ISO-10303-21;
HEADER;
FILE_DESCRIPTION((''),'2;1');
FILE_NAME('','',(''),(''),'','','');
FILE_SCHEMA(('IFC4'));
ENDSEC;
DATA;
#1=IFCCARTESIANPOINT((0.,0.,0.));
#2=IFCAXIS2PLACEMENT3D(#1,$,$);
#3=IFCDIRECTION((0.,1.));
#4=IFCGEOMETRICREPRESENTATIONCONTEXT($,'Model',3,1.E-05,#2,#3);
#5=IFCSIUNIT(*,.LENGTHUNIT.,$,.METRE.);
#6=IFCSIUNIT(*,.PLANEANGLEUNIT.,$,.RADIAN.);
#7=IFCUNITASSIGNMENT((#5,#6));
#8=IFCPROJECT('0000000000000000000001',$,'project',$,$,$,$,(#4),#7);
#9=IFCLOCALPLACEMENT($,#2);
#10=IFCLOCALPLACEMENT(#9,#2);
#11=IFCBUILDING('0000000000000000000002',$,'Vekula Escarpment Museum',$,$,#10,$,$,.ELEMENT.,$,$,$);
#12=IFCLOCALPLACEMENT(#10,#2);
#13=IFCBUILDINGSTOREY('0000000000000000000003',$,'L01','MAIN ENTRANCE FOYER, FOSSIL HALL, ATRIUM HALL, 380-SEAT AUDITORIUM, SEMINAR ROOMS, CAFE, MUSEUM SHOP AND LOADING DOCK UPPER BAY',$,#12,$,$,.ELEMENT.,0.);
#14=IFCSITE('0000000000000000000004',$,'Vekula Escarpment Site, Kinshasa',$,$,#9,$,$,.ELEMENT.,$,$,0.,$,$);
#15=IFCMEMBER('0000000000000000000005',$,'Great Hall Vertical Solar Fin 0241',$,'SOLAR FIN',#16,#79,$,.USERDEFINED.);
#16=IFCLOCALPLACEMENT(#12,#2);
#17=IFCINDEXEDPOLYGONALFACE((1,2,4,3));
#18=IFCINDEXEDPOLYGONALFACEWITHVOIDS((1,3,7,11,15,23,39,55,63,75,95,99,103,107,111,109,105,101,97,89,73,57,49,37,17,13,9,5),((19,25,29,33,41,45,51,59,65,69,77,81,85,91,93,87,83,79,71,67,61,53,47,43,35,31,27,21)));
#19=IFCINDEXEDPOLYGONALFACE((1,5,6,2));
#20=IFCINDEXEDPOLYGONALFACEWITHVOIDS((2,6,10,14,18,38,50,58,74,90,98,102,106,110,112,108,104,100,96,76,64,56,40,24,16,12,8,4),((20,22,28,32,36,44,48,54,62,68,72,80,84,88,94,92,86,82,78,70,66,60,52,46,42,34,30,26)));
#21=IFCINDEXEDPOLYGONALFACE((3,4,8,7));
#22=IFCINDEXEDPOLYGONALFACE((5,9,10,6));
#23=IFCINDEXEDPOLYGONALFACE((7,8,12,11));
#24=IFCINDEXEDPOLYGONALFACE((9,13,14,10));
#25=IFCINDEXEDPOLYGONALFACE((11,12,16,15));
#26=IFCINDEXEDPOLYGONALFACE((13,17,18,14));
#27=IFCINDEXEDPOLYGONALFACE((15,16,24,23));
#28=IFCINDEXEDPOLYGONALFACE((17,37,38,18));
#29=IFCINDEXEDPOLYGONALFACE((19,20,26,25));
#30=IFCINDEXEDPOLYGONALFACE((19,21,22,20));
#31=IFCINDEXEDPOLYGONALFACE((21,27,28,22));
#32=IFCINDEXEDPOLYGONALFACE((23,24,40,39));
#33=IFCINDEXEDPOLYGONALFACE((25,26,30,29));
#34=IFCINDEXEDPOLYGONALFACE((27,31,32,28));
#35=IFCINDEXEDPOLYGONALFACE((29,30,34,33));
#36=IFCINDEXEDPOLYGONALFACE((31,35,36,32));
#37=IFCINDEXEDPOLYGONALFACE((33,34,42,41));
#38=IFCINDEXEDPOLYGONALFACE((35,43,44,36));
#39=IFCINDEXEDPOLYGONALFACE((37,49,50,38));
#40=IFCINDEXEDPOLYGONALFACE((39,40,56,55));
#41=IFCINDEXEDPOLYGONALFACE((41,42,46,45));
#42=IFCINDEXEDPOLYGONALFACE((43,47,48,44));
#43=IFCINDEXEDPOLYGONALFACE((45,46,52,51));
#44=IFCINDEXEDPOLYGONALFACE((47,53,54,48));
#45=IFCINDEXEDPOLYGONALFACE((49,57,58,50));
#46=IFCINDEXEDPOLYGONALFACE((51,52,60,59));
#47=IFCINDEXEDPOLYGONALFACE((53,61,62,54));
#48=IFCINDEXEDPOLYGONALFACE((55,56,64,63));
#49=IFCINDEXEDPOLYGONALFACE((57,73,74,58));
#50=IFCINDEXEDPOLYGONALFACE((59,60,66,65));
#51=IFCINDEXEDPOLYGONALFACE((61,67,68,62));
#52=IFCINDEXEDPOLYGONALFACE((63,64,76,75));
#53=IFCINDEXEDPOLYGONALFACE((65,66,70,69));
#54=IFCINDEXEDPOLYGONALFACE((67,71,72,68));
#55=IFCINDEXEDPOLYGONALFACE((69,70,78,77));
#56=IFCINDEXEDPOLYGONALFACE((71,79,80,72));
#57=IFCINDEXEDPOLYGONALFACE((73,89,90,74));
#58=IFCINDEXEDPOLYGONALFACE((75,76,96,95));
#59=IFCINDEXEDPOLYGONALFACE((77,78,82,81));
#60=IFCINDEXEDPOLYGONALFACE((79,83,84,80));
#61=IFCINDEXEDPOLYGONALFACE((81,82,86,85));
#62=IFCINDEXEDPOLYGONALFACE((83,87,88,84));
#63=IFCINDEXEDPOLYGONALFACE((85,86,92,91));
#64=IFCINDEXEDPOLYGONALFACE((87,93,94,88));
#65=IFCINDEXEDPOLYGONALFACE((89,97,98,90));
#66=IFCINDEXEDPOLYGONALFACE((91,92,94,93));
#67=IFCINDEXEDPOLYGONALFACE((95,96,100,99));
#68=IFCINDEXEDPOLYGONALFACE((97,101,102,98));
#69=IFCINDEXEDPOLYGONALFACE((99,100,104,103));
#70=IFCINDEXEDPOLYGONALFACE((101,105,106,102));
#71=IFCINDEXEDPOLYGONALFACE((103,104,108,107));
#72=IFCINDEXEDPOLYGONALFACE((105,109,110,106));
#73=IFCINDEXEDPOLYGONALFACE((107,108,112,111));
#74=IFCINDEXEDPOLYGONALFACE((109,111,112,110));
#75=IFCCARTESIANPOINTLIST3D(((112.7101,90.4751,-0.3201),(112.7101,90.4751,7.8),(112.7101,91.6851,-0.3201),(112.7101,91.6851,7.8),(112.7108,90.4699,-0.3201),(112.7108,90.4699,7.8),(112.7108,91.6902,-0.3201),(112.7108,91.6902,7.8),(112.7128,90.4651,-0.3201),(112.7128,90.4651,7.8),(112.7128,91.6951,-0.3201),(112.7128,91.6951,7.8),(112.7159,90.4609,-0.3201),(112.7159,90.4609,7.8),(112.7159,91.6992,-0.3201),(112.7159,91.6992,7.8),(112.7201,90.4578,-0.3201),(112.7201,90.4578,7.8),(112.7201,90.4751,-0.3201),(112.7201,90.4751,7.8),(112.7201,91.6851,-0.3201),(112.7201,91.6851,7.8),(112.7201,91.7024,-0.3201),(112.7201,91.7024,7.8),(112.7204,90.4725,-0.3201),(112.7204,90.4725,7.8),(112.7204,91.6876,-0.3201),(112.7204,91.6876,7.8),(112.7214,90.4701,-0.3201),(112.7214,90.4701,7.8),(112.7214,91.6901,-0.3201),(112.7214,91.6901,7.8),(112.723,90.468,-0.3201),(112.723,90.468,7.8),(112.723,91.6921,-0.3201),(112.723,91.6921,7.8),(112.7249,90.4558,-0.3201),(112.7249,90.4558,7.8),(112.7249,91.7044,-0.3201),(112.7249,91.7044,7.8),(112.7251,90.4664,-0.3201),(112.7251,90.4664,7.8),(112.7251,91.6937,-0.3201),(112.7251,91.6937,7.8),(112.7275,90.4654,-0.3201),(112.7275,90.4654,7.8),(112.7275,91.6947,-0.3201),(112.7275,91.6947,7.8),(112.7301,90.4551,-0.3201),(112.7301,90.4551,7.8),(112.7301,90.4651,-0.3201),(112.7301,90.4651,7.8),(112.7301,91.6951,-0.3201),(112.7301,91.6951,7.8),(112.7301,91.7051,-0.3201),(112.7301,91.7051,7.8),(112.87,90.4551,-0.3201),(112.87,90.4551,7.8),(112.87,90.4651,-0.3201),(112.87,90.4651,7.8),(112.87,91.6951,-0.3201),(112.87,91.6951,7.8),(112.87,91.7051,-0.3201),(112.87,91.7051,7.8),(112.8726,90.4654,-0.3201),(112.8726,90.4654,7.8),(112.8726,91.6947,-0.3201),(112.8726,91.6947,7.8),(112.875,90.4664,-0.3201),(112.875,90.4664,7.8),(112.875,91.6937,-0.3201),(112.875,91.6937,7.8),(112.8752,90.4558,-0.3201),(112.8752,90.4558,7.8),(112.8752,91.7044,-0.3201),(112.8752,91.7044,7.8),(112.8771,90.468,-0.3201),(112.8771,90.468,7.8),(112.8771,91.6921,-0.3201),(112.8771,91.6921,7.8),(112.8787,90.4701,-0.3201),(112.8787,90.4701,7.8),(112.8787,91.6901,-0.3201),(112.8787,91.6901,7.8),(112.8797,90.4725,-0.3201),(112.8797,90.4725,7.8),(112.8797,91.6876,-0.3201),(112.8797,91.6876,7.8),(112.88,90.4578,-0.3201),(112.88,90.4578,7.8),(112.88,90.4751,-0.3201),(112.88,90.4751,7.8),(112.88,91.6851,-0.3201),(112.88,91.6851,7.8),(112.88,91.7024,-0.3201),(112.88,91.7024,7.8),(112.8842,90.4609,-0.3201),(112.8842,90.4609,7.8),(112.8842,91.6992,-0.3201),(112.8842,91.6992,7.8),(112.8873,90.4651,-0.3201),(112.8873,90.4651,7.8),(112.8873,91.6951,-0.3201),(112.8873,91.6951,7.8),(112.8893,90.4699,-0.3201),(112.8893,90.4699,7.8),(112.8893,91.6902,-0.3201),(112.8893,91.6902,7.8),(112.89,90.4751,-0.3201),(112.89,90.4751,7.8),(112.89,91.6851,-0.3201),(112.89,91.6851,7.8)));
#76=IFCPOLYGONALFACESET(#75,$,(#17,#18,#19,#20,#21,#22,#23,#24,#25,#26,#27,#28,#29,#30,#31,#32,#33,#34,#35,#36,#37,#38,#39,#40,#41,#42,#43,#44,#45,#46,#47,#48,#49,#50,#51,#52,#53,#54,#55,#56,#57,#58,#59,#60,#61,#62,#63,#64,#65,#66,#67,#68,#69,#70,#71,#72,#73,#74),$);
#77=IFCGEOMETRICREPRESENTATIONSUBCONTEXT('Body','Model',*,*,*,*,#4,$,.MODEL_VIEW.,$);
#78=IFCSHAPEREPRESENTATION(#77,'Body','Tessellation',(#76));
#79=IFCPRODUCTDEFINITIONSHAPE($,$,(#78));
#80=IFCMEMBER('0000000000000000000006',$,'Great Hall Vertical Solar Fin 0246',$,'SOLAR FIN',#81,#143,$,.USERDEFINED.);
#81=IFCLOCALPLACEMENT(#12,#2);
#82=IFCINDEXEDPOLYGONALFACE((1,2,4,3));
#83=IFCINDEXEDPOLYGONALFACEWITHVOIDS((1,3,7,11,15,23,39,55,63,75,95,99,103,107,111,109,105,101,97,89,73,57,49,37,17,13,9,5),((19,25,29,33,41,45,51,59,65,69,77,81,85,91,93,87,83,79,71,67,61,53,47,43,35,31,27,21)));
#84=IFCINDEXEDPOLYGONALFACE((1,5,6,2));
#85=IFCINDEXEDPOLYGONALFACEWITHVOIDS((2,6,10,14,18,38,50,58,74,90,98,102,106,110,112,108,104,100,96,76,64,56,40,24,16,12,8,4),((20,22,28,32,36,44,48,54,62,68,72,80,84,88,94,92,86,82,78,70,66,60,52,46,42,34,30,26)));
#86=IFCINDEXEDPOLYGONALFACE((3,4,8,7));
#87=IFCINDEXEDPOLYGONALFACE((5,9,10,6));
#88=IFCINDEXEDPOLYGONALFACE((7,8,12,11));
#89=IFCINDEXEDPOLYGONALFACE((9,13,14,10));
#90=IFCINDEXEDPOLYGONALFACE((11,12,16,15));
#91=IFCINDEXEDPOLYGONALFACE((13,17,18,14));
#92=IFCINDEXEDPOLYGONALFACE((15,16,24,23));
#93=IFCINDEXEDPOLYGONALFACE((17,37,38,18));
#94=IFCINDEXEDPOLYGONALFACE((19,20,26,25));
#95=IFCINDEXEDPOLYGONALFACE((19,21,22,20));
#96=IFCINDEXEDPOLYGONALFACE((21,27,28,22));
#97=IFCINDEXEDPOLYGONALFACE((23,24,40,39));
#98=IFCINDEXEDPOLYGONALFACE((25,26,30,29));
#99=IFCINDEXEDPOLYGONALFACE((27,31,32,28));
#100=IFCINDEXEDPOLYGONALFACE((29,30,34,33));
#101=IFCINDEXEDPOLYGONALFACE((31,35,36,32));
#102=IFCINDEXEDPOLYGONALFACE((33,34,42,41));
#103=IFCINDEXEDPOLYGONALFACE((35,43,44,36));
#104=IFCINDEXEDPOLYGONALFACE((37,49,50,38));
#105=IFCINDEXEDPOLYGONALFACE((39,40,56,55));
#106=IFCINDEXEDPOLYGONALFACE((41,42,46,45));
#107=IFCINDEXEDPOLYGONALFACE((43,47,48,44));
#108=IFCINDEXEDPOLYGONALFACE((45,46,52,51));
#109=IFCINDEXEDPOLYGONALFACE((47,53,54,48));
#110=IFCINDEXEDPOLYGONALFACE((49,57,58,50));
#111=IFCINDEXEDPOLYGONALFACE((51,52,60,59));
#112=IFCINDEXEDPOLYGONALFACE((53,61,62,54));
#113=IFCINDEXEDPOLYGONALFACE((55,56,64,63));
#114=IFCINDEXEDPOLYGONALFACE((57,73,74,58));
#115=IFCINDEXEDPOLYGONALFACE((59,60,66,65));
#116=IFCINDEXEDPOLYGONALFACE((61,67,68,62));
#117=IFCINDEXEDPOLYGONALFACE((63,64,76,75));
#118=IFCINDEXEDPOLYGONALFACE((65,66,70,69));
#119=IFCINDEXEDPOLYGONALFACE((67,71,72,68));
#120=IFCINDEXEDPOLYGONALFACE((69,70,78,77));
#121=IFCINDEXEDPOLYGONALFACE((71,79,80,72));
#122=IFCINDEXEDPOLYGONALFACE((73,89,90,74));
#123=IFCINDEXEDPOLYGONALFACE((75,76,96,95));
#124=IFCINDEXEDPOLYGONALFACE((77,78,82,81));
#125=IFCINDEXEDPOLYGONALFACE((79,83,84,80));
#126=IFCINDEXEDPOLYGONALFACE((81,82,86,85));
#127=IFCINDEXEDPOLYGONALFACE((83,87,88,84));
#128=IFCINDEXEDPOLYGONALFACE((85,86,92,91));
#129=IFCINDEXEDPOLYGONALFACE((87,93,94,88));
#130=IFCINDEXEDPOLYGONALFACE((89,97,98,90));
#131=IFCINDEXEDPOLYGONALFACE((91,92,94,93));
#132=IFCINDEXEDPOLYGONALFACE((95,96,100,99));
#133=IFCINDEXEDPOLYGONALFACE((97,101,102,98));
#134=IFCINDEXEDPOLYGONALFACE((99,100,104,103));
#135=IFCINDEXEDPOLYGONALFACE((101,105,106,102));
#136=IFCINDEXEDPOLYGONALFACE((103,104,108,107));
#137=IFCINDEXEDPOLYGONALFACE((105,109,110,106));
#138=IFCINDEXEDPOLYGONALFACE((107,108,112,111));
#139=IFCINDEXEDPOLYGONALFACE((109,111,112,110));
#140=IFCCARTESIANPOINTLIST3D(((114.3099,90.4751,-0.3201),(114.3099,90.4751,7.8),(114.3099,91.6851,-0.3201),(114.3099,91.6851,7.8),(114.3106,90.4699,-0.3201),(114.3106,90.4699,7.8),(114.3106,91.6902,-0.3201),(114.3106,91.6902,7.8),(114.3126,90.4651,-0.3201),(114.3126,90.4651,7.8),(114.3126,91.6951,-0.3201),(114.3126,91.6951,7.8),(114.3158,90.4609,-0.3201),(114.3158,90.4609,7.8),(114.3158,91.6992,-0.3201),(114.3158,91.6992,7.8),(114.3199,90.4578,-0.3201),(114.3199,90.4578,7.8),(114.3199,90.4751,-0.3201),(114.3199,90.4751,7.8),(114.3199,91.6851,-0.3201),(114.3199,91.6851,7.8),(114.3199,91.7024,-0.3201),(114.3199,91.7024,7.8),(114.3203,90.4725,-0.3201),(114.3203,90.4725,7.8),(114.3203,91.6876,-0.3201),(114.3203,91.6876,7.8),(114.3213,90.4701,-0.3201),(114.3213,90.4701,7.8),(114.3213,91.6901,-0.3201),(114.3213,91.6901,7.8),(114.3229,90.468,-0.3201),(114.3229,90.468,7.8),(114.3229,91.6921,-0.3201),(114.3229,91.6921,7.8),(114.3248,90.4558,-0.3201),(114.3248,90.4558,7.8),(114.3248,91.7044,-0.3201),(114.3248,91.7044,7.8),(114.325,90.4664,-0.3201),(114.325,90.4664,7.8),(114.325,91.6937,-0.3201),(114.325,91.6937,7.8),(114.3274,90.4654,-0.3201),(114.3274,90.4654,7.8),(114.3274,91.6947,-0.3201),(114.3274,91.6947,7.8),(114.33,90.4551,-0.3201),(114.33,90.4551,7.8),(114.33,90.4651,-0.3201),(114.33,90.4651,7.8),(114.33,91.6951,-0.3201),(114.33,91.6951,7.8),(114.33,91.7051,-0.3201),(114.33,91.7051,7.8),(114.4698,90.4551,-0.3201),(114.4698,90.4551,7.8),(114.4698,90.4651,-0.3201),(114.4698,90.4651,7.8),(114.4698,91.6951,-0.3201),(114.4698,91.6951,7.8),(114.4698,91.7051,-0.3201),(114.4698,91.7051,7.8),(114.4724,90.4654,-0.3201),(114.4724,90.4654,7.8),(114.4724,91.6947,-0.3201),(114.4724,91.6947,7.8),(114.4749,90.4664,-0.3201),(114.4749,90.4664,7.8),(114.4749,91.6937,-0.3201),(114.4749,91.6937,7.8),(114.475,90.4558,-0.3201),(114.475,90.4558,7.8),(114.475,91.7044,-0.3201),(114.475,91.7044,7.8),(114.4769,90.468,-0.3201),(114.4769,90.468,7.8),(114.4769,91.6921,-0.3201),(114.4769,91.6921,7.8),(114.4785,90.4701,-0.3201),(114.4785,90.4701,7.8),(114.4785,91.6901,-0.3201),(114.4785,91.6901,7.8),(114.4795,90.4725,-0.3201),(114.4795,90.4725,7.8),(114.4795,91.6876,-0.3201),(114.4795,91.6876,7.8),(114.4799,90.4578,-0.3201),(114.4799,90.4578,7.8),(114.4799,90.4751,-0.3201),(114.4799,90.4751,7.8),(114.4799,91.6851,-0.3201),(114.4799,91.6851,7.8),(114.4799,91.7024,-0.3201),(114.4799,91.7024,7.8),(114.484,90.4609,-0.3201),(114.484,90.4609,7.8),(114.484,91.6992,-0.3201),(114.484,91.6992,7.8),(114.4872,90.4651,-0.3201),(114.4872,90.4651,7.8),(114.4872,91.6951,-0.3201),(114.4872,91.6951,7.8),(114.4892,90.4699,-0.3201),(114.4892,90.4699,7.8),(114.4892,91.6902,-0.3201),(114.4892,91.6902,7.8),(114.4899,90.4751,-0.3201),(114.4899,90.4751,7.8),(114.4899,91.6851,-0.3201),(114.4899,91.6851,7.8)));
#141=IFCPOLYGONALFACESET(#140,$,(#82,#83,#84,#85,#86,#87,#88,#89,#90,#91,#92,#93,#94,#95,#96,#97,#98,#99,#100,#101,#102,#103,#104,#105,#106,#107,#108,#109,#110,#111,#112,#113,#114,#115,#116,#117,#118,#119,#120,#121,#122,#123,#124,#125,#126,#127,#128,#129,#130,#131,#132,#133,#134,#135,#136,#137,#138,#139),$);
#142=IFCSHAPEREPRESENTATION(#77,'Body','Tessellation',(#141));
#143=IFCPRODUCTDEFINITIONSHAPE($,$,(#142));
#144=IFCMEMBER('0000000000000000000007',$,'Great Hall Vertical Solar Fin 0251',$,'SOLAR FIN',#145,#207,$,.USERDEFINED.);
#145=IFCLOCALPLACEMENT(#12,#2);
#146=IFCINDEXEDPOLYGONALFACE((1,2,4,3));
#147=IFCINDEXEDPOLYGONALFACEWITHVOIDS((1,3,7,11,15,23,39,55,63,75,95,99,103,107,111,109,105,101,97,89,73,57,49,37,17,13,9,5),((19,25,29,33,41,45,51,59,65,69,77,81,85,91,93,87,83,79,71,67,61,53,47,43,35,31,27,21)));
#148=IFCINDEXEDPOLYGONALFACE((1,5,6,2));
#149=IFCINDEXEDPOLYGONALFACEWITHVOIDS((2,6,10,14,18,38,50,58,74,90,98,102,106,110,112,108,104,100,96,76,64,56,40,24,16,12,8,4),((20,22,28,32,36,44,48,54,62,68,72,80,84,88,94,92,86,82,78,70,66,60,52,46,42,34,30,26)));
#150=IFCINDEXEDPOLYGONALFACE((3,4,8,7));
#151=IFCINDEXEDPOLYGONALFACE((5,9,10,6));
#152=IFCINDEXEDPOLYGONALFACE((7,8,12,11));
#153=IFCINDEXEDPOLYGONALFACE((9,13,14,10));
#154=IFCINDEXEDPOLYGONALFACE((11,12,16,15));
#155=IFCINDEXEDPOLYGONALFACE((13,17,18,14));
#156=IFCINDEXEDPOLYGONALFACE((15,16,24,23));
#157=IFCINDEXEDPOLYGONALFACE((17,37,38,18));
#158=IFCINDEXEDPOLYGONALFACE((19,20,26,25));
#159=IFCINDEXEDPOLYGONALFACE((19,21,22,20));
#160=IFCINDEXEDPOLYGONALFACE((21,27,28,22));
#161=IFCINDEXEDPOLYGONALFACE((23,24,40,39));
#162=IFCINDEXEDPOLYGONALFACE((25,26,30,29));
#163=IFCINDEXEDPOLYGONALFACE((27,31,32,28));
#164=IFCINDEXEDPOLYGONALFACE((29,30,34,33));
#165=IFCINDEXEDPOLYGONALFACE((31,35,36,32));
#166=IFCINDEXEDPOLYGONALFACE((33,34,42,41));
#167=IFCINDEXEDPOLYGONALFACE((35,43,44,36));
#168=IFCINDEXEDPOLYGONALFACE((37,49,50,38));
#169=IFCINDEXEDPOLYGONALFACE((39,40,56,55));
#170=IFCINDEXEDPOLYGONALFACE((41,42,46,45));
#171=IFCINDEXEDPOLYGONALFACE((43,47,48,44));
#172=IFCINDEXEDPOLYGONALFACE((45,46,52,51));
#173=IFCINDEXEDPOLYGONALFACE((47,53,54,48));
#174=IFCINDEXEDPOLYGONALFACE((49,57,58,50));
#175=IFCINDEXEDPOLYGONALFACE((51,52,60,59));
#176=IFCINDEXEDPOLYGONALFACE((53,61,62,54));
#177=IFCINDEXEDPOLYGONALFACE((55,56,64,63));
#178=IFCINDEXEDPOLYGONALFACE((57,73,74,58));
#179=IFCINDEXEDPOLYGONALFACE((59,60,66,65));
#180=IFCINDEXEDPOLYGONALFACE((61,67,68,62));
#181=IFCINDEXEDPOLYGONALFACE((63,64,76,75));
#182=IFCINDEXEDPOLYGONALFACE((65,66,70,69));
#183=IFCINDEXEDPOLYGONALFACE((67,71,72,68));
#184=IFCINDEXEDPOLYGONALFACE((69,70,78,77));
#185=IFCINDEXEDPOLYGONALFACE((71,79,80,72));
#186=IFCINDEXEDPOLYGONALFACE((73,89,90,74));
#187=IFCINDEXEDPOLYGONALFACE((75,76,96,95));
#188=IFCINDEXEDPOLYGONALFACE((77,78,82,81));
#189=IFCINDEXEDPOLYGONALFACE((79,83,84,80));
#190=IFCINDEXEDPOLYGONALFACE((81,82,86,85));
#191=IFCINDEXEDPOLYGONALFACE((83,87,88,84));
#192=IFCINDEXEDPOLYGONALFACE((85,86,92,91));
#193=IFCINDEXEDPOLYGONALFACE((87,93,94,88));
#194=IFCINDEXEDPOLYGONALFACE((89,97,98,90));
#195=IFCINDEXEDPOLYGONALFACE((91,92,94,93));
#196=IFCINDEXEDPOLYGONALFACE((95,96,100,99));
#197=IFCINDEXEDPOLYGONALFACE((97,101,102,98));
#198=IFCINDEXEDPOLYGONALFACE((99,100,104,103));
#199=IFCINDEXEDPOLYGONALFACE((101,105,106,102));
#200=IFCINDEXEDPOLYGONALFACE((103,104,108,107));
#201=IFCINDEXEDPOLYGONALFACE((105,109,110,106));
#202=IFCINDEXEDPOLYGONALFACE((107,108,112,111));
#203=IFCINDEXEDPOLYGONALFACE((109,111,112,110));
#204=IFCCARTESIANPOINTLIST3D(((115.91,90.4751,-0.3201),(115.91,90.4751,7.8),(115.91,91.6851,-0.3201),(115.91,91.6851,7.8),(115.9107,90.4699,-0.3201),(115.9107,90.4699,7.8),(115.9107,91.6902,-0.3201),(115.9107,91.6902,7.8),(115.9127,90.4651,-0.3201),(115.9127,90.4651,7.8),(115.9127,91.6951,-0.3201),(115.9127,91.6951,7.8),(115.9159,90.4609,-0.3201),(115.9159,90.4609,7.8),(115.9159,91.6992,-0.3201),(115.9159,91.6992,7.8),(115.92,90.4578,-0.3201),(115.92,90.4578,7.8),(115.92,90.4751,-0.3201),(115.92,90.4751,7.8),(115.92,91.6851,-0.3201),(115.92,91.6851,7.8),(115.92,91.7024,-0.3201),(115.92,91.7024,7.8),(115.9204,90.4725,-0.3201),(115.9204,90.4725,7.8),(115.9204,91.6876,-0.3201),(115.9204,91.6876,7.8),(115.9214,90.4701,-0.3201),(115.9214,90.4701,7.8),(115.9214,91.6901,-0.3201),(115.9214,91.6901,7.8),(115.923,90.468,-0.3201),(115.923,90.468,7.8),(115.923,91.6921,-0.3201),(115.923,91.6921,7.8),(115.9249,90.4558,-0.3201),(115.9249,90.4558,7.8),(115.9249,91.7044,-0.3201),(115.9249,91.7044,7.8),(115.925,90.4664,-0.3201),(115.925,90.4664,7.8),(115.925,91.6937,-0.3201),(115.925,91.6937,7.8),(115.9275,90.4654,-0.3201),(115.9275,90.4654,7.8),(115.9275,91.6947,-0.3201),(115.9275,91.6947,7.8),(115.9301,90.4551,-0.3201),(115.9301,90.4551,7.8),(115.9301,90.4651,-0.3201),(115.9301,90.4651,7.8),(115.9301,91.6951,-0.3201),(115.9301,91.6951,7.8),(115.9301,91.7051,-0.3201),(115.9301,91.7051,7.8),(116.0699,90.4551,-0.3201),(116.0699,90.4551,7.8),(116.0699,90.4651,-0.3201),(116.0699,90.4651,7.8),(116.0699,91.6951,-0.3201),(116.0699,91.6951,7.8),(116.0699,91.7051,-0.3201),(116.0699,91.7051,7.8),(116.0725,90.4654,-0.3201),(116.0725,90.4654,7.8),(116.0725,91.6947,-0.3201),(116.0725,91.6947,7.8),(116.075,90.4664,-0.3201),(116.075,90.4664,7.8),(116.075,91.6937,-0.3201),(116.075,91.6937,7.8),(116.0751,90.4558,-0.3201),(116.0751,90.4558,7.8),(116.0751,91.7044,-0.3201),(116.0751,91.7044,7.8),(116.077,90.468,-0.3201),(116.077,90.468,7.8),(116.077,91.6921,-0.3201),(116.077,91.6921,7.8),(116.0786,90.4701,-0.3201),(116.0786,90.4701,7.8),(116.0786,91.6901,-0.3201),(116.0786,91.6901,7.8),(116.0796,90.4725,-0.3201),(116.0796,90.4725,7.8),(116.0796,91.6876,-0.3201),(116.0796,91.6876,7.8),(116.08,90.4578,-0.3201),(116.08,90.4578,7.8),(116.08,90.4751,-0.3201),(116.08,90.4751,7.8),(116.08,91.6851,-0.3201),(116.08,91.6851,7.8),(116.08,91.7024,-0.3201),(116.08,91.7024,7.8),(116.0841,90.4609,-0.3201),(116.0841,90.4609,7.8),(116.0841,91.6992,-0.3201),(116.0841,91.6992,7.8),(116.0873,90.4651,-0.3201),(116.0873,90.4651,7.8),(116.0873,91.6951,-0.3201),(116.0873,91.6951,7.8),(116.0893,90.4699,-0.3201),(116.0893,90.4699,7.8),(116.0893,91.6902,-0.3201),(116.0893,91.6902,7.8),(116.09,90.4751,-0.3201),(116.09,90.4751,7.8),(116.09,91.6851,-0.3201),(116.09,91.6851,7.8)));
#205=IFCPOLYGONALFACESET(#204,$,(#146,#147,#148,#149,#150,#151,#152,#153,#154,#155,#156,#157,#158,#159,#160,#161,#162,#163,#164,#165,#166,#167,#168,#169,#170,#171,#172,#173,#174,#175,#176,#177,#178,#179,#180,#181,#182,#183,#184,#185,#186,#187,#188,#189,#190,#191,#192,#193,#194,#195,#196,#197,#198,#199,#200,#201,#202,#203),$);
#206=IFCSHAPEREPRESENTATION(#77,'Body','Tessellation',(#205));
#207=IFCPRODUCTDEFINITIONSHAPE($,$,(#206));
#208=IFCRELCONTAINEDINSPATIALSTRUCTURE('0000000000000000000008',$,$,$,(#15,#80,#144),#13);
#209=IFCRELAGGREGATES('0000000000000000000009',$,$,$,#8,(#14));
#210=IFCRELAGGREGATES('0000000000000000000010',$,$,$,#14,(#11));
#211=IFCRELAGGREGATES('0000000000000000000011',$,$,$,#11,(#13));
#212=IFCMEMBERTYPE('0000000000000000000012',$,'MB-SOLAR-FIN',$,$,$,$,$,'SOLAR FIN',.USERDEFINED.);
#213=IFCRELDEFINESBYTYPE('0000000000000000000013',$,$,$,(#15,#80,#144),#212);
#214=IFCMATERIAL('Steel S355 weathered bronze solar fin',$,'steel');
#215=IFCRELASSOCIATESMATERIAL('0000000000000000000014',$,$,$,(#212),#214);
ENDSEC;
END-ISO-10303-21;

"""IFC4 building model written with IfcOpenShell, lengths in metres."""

from ifc_helpers import new_model, si_unit, direction, frame, origin, origin_2d, place, context, subcontext, project, spatial, hollow_rectangle, extrude, material, material_profile, profile_set, type_object, element, save


model = new_model("IFC4")

# Units and contexts
model_context = context("Model", 3, precision=1e-05, world=origin(), true_north=direction((0.0, 1.0)))
body_context = subcontext(model_context, "Body", "Model", "MODEL_VIEW")
ifc_project = project(units=[si_unit("LENGTHUNIT", "METRE"), si_unit("PLANEANGLEUNIT", "RADIAN")], contexts=[model_context])

# Site, building, storey
site_placement = place(None, origin())
site = spatial("IfcSite", under=ifc_project, at=site_placement, Name="Vekula Escarpment Site, Kinshasa", CompositionType="ELEMENT", RefElevation=0.0)
building_placement = place(site_placement, origin())
building = spatial("IfcBuilding", under=site, at=building_placement, Name="Vekula Escarpment Museum", CompositionType="ELEMENT")
storey_placement = place(building_placement, origin())
storey = spatial("IfcBuildingStorey", under=building, at=storey_placement, Name="L01", Description="MAIN ENTRANCE FOYER, FOSSIL HALL, ATRIUM HALL, 380-SEAT AUDITORIUM, SEMINAR ROOMS, CAFE, MUSEUM SHOP AND LOADING DOCK UPPER BAY", CompositionType="ELEMENT", Elevation=0.0)

# Members
ifc_material_1 = material(Name="Steel S355 weathered bronze solar fin", Category="steel")
ifc_material_profile_1 = material_profile(ifc_material_1, hollow_rectangle(XDim=0.1799, YDim=1.25, WallThickness=0.01, InnerFilletRadius=0.01, OuterFilletRadius=0.02, at=origin_2d()), Name="RHS 1250x180x10")
ifc_profile_set_1 = profile_set([ifc_material_profile_1], Name="Steel S355 weathered bronze solar fin")
member_type_1 = type_object("IfcMemberType", Name="MB-SOLAR-FIN", ElementType="SOLAR FIN", PredefinedType="USERDEFINED", material=ifc_profile_set_1)
for number, where, z_axis, x_axis, name in (
    (1, (112.8, 91.0801, -0.3201), (0.0, 0.0, 1.0), (1.0, 0.0, 0.0), "Great Hall Vertical Solar Fin 0241"),
    (2, (114.3999, 91.0801, -0.3201), (0.0, 0.0, 1.0), (1.0, 0.0, 0.0), "Great Hall Vertical Solar Fin 0246"),
    (3, (116.0, 91.0801, -0.3201), (0.0, 0.0, 1.0), (1.0, 0.0, 0.0), "Great Hall Vertical Solar Fin 0251"),
):
    element("IfcMember", number, at=place(storey_placement, frame(where, z_axis=z_axis, x_axis=x_axis)), inside=storey, type_object=member_type_1, Name=name, ObjectType="SOLAR FIN", PredefinedType="USERDEFINED", context=body_context, shape_type="SweptSolid", body=[
        extrude(hollow_rectangle(XDim=0.1799, YDim=1.25, WallThickness=0.01, InnerFilletRadius=0.01, OuterFilletRadius=0.02, at=origin_2d()), origin(), (0.0, 0.0, 1.0), 8.1201),
    ])

save(model, "model.ifc")
